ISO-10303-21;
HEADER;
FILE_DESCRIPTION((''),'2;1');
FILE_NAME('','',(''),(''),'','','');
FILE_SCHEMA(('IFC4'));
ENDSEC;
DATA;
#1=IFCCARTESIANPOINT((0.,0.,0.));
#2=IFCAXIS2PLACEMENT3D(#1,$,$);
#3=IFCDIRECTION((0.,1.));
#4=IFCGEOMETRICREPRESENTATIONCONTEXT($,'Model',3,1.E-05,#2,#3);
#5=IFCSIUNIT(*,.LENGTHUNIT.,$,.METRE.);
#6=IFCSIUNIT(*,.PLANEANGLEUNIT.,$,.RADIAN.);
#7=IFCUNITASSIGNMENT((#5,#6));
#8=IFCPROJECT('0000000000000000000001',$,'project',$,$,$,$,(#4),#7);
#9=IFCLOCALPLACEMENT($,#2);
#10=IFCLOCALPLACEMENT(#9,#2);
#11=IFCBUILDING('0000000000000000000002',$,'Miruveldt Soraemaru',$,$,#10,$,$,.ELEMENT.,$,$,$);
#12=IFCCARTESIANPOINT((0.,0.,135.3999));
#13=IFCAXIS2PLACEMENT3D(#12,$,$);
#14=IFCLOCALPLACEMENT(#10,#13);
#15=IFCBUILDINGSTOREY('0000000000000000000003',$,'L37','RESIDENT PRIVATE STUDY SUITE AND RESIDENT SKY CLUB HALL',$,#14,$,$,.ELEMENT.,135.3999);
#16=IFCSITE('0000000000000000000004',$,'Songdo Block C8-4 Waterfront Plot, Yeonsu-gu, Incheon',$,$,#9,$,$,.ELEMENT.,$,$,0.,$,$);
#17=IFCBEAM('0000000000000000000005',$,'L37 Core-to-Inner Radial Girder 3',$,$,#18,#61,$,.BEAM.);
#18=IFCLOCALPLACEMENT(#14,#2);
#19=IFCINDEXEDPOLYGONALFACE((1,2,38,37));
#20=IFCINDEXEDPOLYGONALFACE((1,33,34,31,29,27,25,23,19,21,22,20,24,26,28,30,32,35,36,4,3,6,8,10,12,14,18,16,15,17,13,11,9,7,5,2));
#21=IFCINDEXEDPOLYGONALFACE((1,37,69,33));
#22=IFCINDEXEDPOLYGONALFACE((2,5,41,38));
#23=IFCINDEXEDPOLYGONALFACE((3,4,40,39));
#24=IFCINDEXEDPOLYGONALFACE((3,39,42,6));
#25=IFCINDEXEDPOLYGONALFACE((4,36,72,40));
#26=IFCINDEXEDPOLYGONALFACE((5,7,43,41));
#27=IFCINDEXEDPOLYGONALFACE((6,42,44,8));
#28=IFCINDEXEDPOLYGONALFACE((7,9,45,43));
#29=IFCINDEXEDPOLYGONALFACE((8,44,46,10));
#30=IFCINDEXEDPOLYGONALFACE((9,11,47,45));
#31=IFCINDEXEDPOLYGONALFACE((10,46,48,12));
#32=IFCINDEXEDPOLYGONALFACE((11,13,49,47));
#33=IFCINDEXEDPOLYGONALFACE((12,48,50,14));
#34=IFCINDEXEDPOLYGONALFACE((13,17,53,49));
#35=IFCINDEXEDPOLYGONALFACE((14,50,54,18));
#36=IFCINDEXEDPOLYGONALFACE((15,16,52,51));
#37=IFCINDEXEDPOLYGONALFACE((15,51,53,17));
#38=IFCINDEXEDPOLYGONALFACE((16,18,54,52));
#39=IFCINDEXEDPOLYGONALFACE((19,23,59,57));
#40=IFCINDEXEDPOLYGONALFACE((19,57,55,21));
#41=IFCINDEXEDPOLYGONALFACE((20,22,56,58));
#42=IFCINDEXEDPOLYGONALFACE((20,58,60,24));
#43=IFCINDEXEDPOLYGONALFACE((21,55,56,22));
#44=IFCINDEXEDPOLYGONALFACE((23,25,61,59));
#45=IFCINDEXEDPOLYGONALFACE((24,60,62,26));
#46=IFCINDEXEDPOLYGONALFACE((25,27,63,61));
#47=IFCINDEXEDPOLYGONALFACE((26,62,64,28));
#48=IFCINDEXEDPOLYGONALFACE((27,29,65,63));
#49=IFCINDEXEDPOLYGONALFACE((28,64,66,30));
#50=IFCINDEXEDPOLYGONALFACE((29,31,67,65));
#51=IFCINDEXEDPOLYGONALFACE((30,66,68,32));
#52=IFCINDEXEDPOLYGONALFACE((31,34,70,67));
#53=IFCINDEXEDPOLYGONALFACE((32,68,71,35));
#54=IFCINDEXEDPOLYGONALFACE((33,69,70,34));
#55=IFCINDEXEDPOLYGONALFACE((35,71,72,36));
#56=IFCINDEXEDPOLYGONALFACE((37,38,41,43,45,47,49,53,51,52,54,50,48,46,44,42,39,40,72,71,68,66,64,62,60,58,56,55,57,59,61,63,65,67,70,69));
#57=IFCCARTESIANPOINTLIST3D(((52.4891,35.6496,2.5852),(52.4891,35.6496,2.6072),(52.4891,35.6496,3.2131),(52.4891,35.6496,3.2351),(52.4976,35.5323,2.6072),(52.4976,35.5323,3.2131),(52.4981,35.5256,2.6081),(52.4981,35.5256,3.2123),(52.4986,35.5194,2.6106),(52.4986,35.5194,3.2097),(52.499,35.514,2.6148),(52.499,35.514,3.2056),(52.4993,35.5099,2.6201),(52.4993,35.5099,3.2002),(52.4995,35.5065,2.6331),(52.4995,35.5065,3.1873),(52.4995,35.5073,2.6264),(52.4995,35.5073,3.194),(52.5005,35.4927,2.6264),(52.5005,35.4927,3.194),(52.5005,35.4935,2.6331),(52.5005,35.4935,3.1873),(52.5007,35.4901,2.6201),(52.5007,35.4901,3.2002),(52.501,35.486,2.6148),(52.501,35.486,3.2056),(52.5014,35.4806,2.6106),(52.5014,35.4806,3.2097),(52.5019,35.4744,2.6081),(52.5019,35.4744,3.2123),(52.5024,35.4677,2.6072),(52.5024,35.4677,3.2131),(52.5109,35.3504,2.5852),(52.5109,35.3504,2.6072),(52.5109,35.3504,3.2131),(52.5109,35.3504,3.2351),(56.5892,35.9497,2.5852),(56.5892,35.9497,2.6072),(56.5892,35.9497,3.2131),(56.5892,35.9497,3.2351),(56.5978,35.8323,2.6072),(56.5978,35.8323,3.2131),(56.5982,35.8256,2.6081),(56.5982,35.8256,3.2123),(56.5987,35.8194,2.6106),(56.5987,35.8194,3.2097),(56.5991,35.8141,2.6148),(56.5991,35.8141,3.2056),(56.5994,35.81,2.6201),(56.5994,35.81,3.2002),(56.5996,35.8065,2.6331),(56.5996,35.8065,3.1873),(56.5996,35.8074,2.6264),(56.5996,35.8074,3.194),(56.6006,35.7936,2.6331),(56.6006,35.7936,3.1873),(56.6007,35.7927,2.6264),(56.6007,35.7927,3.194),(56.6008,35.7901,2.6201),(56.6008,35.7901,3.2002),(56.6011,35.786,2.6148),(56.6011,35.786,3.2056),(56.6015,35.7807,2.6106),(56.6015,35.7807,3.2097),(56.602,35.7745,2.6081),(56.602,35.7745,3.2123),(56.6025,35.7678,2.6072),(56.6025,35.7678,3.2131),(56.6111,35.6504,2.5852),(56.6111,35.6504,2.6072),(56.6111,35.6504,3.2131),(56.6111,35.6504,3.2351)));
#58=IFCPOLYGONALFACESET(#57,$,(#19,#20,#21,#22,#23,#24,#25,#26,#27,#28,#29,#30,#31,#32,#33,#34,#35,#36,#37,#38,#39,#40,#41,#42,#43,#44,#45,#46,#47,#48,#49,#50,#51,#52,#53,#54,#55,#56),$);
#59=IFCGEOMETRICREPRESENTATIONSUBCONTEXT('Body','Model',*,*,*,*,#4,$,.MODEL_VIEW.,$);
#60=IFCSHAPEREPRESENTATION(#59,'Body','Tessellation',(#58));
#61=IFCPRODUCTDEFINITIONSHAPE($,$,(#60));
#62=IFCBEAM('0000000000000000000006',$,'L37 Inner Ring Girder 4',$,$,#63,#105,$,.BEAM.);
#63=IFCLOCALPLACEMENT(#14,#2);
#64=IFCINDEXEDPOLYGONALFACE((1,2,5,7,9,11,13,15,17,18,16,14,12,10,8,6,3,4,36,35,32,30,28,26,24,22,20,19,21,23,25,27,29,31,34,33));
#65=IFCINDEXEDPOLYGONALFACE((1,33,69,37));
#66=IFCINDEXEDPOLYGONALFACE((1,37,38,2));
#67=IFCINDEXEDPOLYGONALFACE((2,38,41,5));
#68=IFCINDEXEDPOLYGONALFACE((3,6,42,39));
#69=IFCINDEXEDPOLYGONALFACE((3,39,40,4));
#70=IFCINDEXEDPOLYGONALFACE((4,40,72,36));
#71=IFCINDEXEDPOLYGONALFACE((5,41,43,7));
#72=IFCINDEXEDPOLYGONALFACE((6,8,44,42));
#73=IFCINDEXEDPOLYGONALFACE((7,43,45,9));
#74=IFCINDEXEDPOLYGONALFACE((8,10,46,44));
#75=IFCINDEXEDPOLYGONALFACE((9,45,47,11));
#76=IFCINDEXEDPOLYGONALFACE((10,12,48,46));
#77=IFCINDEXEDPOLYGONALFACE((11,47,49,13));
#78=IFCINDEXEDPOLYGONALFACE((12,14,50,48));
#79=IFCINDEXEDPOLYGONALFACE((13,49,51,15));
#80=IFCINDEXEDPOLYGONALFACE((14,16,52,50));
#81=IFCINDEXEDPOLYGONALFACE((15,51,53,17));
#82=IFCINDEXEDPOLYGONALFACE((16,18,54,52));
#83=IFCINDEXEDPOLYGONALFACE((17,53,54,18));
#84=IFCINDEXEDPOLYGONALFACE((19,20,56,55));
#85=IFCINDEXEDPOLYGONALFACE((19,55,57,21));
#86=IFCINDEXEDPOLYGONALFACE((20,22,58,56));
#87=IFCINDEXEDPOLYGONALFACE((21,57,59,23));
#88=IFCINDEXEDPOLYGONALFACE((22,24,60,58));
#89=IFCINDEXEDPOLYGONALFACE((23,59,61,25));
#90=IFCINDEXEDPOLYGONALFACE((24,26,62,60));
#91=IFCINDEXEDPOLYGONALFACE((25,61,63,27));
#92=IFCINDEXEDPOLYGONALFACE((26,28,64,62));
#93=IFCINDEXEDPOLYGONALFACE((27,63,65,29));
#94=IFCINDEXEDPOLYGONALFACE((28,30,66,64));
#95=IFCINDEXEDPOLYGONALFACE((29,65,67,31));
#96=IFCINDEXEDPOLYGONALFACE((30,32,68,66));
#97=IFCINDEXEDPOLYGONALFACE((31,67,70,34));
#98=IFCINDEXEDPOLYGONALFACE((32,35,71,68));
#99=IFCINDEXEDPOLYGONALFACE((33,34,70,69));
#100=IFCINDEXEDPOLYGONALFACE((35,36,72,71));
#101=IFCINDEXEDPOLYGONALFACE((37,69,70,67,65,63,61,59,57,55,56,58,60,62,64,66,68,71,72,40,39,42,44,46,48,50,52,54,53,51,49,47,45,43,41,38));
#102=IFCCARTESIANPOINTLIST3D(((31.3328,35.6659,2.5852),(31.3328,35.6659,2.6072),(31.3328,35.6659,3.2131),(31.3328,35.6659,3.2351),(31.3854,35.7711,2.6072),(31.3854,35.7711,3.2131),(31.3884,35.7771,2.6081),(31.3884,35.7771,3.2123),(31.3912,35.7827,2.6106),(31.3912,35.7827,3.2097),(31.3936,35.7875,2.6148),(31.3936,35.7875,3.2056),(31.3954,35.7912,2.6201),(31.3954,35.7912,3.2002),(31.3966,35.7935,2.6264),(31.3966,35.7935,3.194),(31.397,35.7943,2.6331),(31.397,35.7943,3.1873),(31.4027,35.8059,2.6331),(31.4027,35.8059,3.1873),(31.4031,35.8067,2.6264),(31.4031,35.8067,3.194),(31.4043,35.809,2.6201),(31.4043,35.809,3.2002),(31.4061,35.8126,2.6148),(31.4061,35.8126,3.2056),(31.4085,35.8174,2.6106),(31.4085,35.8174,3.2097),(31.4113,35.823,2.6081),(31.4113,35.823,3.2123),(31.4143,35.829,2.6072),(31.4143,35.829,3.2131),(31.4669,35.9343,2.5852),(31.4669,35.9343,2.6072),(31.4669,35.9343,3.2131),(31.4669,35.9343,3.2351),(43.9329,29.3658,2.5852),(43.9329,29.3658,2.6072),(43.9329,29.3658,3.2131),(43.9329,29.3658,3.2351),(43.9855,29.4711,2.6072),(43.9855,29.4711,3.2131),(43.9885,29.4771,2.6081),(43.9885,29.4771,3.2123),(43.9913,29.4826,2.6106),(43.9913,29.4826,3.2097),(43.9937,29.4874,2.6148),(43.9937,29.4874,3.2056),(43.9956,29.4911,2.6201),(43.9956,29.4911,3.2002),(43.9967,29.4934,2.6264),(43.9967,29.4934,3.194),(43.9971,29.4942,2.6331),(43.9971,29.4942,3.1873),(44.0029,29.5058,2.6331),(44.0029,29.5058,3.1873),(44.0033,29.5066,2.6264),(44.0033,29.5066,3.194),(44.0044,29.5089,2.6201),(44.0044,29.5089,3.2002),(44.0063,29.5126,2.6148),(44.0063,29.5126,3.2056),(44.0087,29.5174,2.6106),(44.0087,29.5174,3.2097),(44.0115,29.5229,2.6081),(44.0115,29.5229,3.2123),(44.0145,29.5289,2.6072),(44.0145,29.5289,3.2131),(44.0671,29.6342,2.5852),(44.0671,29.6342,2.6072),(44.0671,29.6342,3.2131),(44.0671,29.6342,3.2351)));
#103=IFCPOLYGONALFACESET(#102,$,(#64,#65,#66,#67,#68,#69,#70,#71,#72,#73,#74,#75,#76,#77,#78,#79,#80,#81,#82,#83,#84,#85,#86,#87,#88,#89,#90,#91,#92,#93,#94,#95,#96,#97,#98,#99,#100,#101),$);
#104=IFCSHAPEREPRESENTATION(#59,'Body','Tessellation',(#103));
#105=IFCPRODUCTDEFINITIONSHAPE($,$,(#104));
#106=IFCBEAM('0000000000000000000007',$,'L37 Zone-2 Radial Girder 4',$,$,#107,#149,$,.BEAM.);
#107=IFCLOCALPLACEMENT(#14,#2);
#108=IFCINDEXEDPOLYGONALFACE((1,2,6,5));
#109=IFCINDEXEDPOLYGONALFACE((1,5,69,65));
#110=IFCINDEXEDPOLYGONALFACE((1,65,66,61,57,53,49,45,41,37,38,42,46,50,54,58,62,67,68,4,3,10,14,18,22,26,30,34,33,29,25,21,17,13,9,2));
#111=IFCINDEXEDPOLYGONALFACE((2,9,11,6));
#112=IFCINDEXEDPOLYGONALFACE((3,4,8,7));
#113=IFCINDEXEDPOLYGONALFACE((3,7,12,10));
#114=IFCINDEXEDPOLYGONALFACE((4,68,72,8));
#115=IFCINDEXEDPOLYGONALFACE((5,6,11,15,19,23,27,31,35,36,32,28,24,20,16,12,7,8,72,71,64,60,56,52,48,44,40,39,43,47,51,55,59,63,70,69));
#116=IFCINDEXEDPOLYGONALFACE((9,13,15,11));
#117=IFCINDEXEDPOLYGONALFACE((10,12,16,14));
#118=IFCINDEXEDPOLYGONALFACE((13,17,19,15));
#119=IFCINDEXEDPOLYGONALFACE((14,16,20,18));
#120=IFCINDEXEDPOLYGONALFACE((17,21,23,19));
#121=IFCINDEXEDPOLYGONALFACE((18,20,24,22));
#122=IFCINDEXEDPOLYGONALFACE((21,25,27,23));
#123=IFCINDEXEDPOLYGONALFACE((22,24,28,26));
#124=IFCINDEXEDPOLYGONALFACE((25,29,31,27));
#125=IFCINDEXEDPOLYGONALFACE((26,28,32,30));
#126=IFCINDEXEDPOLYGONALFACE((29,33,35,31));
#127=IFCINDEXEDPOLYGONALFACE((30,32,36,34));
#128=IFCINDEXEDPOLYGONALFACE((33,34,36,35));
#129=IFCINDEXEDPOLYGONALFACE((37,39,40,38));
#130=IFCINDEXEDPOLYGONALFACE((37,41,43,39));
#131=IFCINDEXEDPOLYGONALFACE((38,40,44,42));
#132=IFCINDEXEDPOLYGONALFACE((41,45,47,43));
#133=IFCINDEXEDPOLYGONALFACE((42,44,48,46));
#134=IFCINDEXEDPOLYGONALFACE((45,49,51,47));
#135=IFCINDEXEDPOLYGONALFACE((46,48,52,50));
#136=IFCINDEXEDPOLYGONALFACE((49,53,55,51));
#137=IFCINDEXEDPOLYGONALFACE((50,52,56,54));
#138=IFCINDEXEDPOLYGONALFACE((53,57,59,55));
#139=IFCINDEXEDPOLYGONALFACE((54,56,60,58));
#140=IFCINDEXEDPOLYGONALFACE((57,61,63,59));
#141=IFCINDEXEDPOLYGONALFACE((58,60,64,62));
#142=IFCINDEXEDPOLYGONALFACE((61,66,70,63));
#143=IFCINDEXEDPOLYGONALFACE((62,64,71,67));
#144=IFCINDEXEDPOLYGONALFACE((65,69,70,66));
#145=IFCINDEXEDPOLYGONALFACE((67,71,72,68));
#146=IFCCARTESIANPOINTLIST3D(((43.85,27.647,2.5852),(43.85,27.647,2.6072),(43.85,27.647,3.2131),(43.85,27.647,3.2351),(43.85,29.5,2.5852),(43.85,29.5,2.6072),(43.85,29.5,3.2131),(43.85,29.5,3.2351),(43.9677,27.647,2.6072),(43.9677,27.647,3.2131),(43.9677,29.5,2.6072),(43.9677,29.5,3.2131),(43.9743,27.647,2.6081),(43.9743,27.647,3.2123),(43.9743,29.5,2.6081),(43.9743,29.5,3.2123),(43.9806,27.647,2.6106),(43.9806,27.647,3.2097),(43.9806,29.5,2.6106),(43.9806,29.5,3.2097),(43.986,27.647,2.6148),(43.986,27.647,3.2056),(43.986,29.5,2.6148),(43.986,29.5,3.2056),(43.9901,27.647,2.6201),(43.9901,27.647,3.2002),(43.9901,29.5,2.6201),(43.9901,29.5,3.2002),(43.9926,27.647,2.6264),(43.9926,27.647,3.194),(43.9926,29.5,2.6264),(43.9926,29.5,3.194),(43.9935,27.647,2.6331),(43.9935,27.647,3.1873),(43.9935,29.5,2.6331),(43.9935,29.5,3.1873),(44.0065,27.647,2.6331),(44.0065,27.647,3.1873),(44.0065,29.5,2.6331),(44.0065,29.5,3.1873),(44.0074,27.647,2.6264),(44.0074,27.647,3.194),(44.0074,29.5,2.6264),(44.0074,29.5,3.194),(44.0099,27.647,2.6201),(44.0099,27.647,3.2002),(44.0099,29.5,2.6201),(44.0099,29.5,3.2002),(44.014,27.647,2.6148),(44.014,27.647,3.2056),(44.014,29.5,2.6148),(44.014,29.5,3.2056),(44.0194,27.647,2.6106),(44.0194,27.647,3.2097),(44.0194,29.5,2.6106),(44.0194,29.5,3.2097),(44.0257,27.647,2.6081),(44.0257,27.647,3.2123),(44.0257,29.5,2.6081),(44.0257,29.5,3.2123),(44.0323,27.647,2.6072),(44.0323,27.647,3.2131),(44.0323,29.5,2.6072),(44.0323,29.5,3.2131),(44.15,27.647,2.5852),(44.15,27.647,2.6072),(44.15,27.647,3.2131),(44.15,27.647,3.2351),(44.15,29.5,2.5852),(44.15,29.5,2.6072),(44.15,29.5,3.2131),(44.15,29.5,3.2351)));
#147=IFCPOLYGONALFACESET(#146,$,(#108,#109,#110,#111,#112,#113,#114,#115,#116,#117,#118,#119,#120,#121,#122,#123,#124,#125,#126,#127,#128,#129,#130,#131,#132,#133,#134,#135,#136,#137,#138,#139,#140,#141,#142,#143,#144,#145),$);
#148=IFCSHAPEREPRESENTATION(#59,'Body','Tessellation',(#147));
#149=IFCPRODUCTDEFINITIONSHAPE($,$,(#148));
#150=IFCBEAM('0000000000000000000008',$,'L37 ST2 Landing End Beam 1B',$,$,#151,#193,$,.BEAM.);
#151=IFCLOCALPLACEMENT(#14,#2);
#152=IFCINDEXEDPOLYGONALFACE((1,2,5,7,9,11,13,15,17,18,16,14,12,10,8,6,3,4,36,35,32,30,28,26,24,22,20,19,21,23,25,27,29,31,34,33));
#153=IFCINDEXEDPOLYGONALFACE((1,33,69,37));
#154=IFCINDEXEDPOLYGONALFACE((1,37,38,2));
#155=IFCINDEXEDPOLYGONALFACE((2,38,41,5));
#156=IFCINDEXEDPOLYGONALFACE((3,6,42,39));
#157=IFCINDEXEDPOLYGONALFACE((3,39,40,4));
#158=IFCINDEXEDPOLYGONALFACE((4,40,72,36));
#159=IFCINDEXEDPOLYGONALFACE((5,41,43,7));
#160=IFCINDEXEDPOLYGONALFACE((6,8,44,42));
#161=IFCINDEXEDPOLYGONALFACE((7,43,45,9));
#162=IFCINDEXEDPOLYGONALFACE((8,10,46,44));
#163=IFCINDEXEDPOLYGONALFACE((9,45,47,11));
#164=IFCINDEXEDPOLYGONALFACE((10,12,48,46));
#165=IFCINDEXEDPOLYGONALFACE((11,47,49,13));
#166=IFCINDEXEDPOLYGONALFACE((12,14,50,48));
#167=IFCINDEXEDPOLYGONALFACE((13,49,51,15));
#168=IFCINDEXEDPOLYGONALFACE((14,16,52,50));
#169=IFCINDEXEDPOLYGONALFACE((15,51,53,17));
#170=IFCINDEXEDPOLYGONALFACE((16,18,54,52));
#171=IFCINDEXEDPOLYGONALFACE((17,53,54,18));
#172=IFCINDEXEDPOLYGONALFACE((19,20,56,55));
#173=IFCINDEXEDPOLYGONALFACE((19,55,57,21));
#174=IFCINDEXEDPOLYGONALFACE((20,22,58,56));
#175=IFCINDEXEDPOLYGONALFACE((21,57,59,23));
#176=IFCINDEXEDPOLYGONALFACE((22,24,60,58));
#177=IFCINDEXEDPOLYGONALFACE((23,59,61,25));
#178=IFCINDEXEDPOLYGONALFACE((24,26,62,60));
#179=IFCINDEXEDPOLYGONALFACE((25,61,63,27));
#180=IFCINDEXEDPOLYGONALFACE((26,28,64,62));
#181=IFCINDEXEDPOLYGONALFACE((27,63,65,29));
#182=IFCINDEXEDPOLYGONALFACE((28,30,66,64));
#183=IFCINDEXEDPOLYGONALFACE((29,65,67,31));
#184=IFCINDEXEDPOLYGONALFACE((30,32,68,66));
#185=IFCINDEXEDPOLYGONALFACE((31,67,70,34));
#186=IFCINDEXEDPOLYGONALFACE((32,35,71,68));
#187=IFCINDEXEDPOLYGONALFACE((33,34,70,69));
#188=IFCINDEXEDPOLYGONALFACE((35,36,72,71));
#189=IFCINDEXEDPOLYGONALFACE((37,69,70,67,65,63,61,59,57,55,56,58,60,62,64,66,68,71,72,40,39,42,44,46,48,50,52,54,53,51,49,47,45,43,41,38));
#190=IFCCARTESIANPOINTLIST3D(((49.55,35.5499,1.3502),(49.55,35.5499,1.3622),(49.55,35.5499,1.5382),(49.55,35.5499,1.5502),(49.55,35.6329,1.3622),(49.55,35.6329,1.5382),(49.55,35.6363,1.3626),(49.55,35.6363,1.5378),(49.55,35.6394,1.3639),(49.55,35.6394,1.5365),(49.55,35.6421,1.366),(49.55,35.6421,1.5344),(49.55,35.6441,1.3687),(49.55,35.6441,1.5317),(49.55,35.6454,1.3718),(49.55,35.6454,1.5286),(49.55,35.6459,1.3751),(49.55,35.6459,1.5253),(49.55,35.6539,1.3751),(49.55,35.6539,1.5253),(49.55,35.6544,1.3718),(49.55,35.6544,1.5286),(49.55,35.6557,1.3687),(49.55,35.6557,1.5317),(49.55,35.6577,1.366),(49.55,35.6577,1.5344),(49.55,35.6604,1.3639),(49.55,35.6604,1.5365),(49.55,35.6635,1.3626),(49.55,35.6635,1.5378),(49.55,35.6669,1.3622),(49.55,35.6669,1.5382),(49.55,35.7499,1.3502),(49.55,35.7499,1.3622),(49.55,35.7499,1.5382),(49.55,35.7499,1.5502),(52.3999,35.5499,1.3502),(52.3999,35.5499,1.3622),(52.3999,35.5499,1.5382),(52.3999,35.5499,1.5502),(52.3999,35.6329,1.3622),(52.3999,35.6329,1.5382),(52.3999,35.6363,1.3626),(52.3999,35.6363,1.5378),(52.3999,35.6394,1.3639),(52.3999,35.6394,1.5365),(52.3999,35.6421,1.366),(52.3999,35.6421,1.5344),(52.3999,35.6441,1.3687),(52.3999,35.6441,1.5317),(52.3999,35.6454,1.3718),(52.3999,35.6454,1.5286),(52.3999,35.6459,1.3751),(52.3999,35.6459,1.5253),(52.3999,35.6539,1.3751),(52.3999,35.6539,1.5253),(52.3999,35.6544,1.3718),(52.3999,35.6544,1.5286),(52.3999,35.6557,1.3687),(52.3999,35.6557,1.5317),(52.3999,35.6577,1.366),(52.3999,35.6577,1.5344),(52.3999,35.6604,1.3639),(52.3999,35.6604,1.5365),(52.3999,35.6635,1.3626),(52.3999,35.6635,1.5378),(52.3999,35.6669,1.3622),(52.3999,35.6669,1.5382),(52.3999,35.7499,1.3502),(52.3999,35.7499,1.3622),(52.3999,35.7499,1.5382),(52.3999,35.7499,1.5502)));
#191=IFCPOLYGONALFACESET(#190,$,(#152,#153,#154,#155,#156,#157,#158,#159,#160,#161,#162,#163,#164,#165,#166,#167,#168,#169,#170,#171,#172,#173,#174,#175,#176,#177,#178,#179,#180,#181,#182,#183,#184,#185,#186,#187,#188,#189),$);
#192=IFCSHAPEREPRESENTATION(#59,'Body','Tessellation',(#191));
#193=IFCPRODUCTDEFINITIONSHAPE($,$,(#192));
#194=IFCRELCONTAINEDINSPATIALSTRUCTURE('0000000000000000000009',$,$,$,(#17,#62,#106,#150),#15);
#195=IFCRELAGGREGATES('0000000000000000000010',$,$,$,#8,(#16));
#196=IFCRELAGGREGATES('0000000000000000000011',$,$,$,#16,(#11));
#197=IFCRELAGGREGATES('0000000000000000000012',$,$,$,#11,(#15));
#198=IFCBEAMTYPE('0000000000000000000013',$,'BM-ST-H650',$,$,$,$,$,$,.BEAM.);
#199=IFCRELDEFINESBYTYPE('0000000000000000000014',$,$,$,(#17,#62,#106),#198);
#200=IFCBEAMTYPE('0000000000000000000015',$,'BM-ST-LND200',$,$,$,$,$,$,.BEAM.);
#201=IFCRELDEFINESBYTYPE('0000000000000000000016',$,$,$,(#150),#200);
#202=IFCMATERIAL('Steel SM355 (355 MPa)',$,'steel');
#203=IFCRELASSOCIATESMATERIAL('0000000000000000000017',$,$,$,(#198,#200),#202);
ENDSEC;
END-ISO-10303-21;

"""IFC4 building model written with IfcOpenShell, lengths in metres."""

from ifc_helpers import new_model, si_unit, direction, frame, origin, origin_2d, place, context, subcontext, project, spatial, i_section, extrude, material, material_profile, profile_set, type_object, element, save


model = new_model("IFC4")

# Units and contexts
model_context = context("Model", 3, precision=1e-05, world=origin(), true_north=direction((0.0, 1.0)))
body_context = subcontext(model_context, "Body", "Model", "MODEL_VIEW")
ifc_project = project(units=[si_unit("LENGTHUNIT", "METRE"), si_unit("PLANEANGLEUNIT", "RADIAN")], contexts=[model_context])

# Site, building, storey
site_placement = place(None, origin())
site = spatial("IfcSite", under=ifc_project, at=site_placement, Name="Songdo Block C8-4 Waterfront Plot, Yeonsu-gu, Incheon", CompositionType="ELEMENT", RefElevation=0.0)
building_placement = place(site_placement, origin())
building = spatial("IfcBuilding", under=site, at=building_placement, Name="Miruveldt Soraemaru", CompositionType="ELEMENT")
storey_placement = place(building_placement, frame((0.0, 0.0, 135.3999)))
storey = spatial("IfcBuildingStorey", under=building, at=storey_placement, Name="L37", Description="RESIDENT PRIVATE STUDY SUITE AND RESIDENT SKY CLUB HALL", CompositionType="ELEMENT", Elevation=135.3999)

# Beams
ifc_material_1 = material(Name="Steel SM355 (355 MPa)", Category="steel")
ifc_material_profile_1 = material_profile(ifc_material_1, i_section(OverallWidth=0.3, OverallDepth=0.6499, WebThickness=0.0129, FlangeThickness=0.022, FilletRadius=0.0259, at=origin_2d()), Name="Steel SM355 (355 MPa)", Category="steel")
ifc_profile_set_1 = profile_set([ifc_material_profile_1], Name="Steel SM355 (355 MPa)")
beam_type_1 = type_object("IfcBeamType", Name="BM-ST-H650", PredefinedType="BEAM", material=ifc_profile_set_1)
beam_1_placement = place(storey_placement, frame((52.5, 35.5, 2.9102), z_axis=(0.997333, 0.072986, 0.0), x_axis=(-0.072986, 0.997333, 0.0)))
element("IfcBeam", 1, at=beam_1_placement, inside=storey, type_object=beam_type_1, Name="L37 Core-to-Inner Radial Girder 3", PredefinedType="BEAM", context=body_context, shape_type="SweptSolid", body=[
    extrude(i_section(OverallWidth=0.3, OverallDepth=0.6499, WebThickness=0.0129, FlangeThickness=0.022, FilletRadius=0.0259, at=origin_2d()), origin(), (0.0, 0.0, 1.0), 4.1111),
])
beam_2_placement = place(storey_placement, frame((44.0, 29.5, 2.9102), z_axis=(-0.894427, 0.447214, 0.0), x_axis=(-0.447214, -0.894427, 0.0)))
element("IfcBeam", 2, at=beam_2_placement, inside=storey, type_object=beam_type_1, Name="L37 Inner Ring Girder 4", PredefinedType="BEAM", context=body_context, shape_type="SweptSolid", body=[
    extrude(i_section(OverallWidth=0.3, OverallDepth=0.6499, WebThickness=0.0129, FlangeThickness=0.022, FilletRadius=0.0259, at=origin_2d()), origin(), (0.0, 0.0, 1.0), 14.0874),
])
beam_3_placement = place(storey_placement, frame((44.0, 29.5, 2.9102), z_axis=(0.0, -1.0, 0.0), x_axis=(1.0, 0.0, 0.0)))
element("IfcBeam", 3, at=beam_3_placement, inside=storey, type_object=beam_type_1, Name="L37 Zone-2 Radial Girder 4", PredefinedType="BEAM", context=body_context, shape_type="SweptSolid", body=[
    extrude(i_section(OverallWidth=0.3, OverallDepth=0.6499, WebThickness=0.0129, FlangeThickness=0.022, FilletRadius=0.0259, at=origin_2d()), origin(), (0.0, 0.0, 1.0), 1.853),
])
ifc_material_profile_2 = material_profile(ifc_material_1, i_section(OverallWidth=0.2, OverallDepth=0.2, WebThickness=0.0081, FlangeThickness=0.012, FilletRadius=0.0129, at=origin_2d()), Name="Steel SM355 (355 MPa)", Category="steel")
ifc_profile_set_2 = profile_set([ifc_material_profile_2], Name="Steel SM355 (355 MPa)")
beam_type_2 = type_object("IfcBeamType", Name="BM-ST-LND200", PredefinedType="BEAM", material=ifc_profile_set_2)
beam_4_placement = place(storey_placement, frame((49.55, 35.6499, 1.4502), z_axis=(1.0, 0.0, 0.0), x_axis=(0.0, 1.0, 0.0)))
element("IfcBeam", 4, at=beam_4_placement, inside=storey, type_object=beam_type_2, Name="L37 ST2 Landing End Beam 1B", PredefinedType="BEAM", context=body_context, shape_type="SweptSolid", body=[
    extrude(i_section(OverallWidth=0.2, OverallDepth=0.2, WebThickness=0.0081, FlangeThickness=0.012, FilletRadius=0.0129, at=origin_2d()), origin(), (0.0, 0.0, 1.0), 2.8499),
])

save(model, "model.ifc")
